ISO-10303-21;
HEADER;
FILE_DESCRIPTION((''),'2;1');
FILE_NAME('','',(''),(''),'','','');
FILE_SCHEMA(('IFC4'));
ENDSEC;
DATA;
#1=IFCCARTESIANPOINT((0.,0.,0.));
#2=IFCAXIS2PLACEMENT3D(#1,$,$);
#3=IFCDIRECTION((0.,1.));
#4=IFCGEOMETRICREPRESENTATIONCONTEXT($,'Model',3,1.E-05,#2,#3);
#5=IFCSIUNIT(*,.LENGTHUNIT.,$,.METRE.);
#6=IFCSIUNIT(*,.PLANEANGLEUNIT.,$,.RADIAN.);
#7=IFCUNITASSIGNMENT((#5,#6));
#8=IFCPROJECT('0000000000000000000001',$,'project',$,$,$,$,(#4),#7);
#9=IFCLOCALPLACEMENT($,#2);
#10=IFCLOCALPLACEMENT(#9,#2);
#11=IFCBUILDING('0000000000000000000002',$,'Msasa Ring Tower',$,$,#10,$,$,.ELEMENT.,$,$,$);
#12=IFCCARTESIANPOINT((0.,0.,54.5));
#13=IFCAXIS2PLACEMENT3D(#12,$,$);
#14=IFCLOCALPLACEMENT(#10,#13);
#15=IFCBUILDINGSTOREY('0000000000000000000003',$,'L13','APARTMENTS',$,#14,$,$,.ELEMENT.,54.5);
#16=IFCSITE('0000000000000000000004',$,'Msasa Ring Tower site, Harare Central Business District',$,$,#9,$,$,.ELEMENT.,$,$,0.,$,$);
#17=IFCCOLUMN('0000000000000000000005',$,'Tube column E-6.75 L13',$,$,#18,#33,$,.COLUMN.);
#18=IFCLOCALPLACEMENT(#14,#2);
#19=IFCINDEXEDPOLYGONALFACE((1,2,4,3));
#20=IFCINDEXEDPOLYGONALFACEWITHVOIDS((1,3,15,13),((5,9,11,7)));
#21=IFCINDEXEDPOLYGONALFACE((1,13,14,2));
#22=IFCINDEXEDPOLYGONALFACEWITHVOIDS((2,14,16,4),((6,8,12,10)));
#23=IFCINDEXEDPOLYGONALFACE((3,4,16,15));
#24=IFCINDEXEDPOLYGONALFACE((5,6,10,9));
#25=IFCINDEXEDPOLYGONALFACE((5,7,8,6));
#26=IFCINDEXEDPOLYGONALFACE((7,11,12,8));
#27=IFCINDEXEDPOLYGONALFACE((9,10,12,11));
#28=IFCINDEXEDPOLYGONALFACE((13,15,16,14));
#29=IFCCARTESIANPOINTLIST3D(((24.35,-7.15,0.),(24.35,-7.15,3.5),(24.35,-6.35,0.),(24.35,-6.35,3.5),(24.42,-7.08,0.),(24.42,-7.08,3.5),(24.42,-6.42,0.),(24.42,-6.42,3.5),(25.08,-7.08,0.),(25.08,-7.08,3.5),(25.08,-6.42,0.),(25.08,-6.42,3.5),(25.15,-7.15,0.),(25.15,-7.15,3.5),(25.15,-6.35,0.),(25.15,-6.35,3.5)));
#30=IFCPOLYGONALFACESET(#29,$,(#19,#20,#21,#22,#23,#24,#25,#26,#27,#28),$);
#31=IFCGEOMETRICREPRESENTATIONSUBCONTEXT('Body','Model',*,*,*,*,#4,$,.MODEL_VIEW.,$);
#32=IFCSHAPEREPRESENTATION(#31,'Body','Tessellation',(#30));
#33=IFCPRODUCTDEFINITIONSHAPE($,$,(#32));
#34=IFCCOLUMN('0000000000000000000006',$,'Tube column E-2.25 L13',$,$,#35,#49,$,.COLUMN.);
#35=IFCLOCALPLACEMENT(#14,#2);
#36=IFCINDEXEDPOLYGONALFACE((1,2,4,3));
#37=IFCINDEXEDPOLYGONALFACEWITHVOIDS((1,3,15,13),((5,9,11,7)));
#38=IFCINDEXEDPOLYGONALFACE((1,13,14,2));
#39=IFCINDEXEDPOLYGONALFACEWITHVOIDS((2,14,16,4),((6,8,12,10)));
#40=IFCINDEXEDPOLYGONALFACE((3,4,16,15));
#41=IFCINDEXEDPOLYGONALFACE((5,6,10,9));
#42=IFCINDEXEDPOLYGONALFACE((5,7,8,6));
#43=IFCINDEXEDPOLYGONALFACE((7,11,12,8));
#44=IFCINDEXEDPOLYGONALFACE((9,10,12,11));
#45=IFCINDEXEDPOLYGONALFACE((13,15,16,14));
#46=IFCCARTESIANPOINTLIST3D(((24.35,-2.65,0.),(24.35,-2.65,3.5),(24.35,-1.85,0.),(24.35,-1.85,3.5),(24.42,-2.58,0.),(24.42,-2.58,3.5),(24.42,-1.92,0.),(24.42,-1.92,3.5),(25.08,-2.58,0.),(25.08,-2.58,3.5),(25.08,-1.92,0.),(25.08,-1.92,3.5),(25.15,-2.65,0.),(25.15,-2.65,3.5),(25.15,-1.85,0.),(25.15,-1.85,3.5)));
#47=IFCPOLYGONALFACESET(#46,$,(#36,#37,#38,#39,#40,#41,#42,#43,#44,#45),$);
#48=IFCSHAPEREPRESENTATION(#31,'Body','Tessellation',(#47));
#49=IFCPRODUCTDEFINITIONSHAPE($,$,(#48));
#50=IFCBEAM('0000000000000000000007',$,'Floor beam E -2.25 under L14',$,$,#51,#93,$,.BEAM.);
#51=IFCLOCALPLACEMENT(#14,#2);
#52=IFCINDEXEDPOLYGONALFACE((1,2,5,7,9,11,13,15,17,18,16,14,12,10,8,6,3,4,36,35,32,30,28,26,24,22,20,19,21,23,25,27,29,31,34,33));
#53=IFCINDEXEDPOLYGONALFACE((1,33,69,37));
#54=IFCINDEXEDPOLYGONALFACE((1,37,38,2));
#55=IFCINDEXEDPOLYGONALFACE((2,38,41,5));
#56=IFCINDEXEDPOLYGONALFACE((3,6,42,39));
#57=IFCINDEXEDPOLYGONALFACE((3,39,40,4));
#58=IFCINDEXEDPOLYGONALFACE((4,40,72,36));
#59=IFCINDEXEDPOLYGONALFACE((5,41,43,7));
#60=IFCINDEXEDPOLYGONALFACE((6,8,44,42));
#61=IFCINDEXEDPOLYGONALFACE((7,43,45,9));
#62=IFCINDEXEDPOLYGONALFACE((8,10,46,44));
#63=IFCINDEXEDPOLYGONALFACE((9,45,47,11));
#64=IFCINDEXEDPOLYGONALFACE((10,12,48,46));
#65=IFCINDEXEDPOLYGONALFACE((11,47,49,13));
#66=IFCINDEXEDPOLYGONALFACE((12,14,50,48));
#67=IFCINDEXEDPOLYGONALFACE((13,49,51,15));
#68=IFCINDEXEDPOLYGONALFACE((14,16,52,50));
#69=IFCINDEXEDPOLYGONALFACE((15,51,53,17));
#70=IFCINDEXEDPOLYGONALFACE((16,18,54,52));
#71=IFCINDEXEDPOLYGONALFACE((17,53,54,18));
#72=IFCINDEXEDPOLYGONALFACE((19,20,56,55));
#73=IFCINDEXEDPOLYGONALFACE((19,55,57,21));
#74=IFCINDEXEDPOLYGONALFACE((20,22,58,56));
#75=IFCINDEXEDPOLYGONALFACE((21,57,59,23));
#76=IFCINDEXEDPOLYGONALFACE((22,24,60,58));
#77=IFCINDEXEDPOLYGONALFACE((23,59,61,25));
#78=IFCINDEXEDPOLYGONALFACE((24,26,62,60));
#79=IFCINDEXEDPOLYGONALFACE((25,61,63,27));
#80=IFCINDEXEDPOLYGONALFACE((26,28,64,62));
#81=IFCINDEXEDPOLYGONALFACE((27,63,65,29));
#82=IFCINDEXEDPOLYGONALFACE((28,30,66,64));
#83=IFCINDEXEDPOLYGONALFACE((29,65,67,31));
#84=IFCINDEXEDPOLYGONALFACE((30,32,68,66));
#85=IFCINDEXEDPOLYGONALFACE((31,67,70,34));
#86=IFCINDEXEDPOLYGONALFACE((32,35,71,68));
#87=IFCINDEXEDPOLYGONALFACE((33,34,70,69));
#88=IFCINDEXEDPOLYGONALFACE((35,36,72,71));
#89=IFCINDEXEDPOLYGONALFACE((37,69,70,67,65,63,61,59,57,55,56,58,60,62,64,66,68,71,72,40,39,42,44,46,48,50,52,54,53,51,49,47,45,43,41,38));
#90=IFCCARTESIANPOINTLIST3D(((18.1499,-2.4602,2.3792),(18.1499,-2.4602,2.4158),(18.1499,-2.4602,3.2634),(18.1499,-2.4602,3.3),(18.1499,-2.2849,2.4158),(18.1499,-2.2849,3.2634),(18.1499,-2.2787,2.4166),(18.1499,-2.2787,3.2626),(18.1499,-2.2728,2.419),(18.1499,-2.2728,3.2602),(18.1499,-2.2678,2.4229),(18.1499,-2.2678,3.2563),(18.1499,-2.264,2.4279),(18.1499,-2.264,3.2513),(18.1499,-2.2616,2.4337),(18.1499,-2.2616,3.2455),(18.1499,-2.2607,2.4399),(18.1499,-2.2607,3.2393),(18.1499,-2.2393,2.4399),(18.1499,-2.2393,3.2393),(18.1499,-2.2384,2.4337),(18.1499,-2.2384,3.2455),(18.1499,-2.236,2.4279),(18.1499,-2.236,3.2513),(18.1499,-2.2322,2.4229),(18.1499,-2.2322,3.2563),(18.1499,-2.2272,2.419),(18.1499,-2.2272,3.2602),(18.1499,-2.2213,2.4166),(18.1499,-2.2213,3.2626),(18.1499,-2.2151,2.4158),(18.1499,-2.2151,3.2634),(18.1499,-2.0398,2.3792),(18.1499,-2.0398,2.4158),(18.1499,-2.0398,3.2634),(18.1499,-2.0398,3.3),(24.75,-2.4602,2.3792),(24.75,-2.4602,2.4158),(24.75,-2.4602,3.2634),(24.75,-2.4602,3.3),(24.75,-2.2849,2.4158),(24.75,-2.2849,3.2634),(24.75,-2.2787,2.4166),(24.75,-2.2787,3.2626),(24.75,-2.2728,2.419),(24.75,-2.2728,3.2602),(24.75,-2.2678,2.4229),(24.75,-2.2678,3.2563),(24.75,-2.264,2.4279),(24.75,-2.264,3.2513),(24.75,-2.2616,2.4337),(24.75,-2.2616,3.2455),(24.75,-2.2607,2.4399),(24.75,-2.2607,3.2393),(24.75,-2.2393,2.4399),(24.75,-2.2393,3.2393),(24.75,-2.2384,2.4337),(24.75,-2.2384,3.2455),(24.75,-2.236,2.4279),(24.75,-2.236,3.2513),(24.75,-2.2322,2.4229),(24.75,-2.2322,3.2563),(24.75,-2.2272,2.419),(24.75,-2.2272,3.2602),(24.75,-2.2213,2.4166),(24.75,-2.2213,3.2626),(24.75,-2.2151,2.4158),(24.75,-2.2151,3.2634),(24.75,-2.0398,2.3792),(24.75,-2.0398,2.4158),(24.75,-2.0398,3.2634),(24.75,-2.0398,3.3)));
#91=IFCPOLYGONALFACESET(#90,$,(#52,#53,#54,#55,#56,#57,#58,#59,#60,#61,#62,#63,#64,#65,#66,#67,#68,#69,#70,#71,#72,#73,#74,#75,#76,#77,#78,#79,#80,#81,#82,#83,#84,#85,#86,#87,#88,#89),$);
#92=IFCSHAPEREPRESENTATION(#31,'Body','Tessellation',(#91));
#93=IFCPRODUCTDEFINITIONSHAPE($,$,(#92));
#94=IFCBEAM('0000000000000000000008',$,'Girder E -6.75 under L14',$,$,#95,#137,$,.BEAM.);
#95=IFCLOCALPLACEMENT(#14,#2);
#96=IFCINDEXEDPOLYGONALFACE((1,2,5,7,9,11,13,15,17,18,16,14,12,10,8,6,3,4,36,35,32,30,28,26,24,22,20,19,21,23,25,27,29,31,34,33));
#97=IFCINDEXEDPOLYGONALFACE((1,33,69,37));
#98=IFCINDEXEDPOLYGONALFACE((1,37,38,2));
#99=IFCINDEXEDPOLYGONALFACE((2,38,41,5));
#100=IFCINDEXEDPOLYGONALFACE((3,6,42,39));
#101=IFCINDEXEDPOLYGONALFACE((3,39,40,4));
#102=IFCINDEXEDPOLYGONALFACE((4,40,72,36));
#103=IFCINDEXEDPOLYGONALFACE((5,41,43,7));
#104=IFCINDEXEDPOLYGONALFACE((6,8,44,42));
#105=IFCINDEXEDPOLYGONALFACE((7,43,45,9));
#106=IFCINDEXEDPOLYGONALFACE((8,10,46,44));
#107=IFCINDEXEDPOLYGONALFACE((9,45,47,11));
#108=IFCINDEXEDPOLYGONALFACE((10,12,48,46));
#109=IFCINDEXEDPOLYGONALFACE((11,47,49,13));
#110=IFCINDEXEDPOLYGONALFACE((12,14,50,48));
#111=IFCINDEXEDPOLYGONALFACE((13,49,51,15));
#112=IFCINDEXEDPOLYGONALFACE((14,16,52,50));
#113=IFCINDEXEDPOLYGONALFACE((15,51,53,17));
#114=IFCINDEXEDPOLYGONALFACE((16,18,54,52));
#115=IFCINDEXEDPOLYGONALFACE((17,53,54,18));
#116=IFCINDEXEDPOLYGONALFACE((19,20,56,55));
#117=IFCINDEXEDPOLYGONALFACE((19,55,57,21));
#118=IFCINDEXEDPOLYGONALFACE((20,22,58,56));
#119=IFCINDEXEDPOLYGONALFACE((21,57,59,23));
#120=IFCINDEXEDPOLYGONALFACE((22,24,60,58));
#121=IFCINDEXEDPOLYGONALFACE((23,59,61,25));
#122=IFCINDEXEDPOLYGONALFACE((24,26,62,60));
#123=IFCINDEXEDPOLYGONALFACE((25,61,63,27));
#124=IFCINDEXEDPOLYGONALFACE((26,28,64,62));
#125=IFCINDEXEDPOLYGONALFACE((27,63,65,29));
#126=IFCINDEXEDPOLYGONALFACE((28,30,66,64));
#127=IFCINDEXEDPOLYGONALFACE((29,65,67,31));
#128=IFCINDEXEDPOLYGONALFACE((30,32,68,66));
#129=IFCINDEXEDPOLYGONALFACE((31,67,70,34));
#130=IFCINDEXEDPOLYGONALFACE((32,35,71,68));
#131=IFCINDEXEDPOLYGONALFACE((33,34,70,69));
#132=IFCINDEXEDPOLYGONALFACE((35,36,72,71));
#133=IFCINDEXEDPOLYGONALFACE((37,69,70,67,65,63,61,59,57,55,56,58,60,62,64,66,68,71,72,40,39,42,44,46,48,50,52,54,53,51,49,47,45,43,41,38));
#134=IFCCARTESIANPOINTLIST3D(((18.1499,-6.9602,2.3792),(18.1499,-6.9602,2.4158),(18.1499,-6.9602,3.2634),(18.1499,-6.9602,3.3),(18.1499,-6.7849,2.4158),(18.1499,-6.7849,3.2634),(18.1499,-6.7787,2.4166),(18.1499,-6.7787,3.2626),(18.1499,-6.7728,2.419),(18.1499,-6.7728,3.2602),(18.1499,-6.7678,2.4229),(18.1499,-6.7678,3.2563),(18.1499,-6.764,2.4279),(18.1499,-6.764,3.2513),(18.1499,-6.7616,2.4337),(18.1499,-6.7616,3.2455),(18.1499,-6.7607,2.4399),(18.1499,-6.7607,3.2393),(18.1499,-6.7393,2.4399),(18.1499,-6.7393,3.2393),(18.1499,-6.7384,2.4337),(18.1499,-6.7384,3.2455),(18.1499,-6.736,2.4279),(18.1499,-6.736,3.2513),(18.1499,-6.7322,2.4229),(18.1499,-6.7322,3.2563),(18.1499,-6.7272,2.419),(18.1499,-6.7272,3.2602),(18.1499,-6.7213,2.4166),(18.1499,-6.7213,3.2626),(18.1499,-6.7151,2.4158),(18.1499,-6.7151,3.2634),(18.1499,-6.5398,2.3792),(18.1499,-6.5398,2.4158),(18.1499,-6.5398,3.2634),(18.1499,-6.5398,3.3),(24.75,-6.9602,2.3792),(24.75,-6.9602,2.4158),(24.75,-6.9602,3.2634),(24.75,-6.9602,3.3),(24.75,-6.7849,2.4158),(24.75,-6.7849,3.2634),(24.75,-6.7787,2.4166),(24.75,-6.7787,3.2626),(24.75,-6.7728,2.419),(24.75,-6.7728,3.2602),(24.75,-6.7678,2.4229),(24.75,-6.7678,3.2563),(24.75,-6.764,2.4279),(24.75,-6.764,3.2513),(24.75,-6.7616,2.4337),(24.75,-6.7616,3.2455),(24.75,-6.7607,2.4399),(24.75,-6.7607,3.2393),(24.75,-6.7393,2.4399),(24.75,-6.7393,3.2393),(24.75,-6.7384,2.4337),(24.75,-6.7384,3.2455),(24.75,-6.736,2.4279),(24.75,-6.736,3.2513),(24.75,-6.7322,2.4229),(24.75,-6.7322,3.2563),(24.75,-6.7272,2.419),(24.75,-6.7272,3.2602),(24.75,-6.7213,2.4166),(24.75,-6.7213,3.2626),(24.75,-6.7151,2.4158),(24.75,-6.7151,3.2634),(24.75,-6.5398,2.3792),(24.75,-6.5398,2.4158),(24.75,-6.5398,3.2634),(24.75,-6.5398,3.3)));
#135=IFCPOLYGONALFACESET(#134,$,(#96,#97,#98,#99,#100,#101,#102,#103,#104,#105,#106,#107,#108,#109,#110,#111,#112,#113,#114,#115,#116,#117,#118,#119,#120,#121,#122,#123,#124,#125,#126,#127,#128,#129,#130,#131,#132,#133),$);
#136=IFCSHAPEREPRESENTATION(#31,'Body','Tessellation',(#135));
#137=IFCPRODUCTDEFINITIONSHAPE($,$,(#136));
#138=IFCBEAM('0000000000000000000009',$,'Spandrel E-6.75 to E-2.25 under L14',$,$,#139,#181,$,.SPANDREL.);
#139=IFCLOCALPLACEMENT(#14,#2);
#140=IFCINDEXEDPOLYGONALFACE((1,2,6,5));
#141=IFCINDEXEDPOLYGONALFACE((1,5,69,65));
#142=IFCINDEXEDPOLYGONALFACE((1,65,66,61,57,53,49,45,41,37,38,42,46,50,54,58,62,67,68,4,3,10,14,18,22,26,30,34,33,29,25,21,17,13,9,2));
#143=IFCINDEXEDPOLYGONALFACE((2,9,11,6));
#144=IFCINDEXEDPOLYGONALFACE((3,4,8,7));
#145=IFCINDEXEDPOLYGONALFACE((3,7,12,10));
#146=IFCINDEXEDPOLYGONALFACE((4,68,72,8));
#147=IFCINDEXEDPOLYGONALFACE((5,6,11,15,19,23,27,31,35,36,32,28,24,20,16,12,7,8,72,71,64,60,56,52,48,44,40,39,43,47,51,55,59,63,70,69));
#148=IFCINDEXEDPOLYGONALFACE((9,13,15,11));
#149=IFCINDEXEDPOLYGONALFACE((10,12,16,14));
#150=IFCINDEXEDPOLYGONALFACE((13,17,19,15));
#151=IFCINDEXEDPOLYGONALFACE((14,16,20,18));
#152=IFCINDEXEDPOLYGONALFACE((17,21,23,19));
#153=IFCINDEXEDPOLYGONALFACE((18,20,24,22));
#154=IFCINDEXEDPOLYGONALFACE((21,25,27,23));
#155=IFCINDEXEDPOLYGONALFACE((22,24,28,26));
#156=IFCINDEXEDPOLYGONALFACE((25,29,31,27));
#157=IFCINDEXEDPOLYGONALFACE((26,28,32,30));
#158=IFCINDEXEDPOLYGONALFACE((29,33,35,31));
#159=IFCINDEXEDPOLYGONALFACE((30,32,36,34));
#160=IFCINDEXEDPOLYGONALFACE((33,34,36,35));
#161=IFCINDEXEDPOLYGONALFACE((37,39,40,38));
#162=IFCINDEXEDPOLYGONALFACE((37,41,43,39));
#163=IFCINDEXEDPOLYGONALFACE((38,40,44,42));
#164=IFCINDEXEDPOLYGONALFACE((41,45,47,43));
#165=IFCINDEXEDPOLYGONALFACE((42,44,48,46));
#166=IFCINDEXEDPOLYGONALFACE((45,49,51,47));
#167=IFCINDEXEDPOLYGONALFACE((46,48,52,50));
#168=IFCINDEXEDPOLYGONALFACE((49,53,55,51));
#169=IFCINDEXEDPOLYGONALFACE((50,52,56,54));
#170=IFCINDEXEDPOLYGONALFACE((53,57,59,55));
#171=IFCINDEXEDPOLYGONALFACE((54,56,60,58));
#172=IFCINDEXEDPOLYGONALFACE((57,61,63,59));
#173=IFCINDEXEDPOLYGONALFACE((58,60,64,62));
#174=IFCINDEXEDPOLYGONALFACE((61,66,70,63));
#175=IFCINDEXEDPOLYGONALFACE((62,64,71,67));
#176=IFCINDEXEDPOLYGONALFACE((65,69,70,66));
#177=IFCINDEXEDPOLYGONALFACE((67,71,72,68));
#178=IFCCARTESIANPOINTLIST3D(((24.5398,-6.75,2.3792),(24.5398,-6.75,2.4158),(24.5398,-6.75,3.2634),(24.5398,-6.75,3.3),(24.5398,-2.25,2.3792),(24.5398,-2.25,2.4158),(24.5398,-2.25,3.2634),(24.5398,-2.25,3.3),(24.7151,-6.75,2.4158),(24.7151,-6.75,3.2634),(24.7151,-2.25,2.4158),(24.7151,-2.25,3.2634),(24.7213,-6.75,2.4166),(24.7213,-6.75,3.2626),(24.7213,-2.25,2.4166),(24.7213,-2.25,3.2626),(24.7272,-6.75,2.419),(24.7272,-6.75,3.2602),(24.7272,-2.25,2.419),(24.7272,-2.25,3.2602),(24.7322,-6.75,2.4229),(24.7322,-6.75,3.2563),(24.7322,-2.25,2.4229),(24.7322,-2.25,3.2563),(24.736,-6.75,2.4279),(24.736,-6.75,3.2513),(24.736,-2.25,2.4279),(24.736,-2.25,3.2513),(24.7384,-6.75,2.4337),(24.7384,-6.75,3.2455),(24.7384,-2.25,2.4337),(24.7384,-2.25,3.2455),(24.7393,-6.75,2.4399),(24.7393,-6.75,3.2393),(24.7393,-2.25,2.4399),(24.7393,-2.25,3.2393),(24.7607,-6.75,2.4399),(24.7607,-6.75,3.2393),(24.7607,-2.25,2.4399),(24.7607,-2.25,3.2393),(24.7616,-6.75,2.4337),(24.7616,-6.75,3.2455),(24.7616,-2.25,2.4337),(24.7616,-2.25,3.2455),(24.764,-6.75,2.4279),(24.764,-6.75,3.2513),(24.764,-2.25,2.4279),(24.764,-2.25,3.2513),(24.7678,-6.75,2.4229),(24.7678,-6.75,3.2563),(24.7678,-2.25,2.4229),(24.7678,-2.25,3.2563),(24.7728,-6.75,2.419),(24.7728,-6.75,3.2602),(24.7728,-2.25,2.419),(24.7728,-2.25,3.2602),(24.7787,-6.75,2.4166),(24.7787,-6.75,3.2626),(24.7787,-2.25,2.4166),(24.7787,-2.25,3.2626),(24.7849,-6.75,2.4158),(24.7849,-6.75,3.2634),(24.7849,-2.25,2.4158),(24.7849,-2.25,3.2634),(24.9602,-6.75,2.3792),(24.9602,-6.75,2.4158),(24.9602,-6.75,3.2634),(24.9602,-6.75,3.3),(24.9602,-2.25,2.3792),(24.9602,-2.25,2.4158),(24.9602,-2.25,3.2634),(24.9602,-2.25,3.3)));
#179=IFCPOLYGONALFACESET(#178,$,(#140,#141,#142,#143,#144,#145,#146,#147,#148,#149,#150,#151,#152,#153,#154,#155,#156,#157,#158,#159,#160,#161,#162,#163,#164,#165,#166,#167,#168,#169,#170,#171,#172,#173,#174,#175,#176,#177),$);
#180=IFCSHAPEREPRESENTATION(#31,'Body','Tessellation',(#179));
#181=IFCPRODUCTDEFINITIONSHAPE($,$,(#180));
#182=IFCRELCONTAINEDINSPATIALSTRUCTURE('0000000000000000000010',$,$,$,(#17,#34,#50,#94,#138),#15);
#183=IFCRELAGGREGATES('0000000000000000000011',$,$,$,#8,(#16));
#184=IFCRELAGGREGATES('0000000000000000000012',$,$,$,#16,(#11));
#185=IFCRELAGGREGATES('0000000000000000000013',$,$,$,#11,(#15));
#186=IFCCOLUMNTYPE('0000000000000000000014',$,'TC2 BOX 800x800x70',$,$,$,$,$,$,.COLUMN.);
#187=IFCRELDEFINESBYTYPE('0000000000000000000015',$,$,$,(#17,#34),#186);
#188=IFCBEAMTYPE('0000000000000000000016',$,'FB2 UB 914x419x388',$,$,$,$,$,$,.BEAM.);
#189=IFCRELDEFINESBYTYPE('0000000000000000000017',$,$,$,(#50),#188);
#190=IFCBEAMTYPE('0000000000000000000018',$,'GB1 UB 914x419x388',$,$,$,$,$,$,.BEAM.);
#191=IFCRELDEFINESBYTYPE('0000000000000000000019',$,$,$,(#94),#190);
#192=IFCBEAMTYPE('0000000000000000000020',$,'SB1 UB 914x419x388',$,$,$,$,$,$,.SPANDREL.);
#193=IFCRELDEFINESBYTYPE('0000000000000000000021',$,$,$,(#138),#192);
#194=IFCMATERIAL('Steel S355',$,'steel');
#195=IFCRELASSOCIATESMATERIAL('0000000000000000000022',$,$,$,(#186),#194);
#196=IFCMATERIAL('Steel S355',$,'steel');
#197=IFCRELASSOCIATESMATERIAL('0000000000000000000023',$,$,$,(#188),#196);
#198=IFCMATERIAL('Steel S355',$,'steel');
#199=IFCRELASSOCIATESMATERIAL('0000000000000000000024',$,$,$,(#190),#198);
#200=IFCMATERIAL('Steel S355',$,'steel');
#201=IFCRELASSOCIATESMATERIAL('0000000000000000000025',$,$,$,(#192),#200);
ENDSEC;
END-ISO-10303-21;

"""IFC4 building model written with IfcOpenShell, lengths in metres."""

from ifc_helpers import new_model, si_unit, direction, frame, origin, origin_2d, place, context, subcontext, project, spatial, hollow_rectangle, i_section, extrude, material, material_profile, profile_set, type_object, element, save


model = new_model("IFC4")

# Units and contexts
model_context = context("Model", 3, precision=1e-05, world=origin(), true_north=direction((0.0, 1.0)))
body_context = subcontext(model_context, "Body", "Model", "MODEL_VIEW")
ifc_project = project(units=[si_unit("LENGTHUNIT", "METRE"), si_unit("PLANEANGLEUNIT", "RADIAN")], contexts=[model_context])

# Site, building, storey
site_placement = place(None, origin())
site = spatial("IfcSite", under=ifc_project, at=site_placement, Name="Msasa Ring Tower site, Harare Central Business District", CompositionType="ELEMENT", RefElevation=0.0)
building_placement = place(site_placement, origin())
building = spatial("IfcBuilding", under=site, at=building_placement, Name="Msasa Ring Tower", CompositionType="ELEMENT")
storey_placement = place(building_placement, frame((0.0, 0.0, 54.5)))
storey = spatial("IfcBuildingStorey", under=building, at=storey_placement, Name="L13", Description="APARTMENTS", CompositionType="ELEMENT", Elevation=54.5)

# Columns
ifc_material_1 = material(Name="Steel S355", Category="steel")
ifc_material_profile_1 = material_profile(ifc_material_1, hollow_rectangle(XDim=0.8, YDim=0.8, WallThickness=0.0701, at=origin_2d()), Name="BOX 800x800x70")
ifc_profile_set_1 = profile_set([ifc_material_profile_1], Name="Steel S355")
column_type = type_object("IfcColumnType", Name="TC2 BOX 800x800x70", PredefinedType="COLUMN", material=ifc_profile_set_1)
for number, where, z_axis, x_axis, name in (
    (1, (24.75, -6.75, 0.0), (0.0, 0.0, 1.0), (1.0, 0.0, 0.0), "Tube column E-6.75 L13"),
    (2, (24.75, -2.25, 0.0), (0.0, 0.0, 1.0), (1.0, 0.0, 0.0), "Tube column E-2.25 L13"),
):
    element("IfcColumn", number, at=place(storey_placement, frame(where, z_axis=z_axis, x_axis=x_axis)), inside=storey, type_object=column_type, Name=name, PredefinedType="COLUMN", context=body_context, shape_type="SweptSolid", body=[
        extrude(hollow_rectangle(XDim=0.8, YDim=0.8, WallThickness=0.0701, at=origin_2d()), origin(), (0.0, 0.0, 1.0), 3.5),
    ])

# Beams
ifc_material_2 = material(Name="Steel S355", Category="steel")
ifc_material_profile_2 = material_profile(ifc_material_2, i_section(OverallWidth=0.4204, OverallDepth=0.9209, WebThickness=0.0215, FlangeThickness=0.0366, FilletRadius=0.0242, at=origin_2d()), Name="UB 914x419x388")
ifc_profile_set_2 = profile_set([ifc_material_profile_2], Name="Steel S355")
beam_type_1 = type_object("IfcBeamType", Name="FB2 UB 914x419x388", PredefinedType="BEAM", material=ifc_profile_set_2)
beam_1_placement = place(storey_placement, frame((24.75, -2.25, 2.8396), z_axis=(-1.0, 0.0, 0.0), x_axis=(0.0, -1.0, 0.0)))
element("IfcBeam", 3, at=beam_1_placement, inside=storey, type_object=beam_type_1, Name="Floor beam E -2.25 under L14", PredefinedType="BEAM", context=body_context, shape_type="SweptSolid", body=[
    extrude(i_section(OverallWidth=0.4204, OverallDepth=0.9209, WebThickness=0.0215, FlangeThickness=0.0366, FilletRadius=0.0242, at=origin_2d()), origin(), (0.0, 0.0, 1.0), 6.6001),
])
ifc_material_3 = material(Name="Steel S355", Category="steel")
ifc_material_profile_3 = material_profile(ifc_material_3, i_section(OverallWidth=0.4204, OverallDepth=0.9209, WebThickness=0.0215, FlangeThickness=0.0366, FilletRadius=0.0242, at=origin_2d()), Name="UB 914x419x388")
ifc_profile_set_3 = profile_set([ifc_material_profile_3], Name="Steel S355")
beam_type_2 = type_object("IfcBeamType", Name="GB1 UB 914x419x388", PredefinedType="BEAM", material=ifc_profile_set_3)
beam_2_placement = place(storey_placement, frame((18.1499, -6.75, 2.8396), z_axis=(1.0, 0.0, 0.0), x_axis=(0.0, 1.0, 0.0)))
element("IfcBeam", 4, at=beam_2_placement, inside=storey, type_object=beam_type_2, Name="Girder E -6.75 under L14", PredefinedType="BEAM", context=body_context, shape_type="SweptSolid", body=[
    extrude(i_section(OverallWidth=0.4204, OverallDepth=0.9209, WebThickness=0.0215, FlangeThickness=0.0366, FilletRadius=0.0242, at=origin_2d()), origin(), (0.0, 0.0, 1.0), 6.6001),
])
ifc_material_4 = material(Name="Steel S355", Category="steel")
ifc_material_profile_4 = material_profile(ifc_material_4, i_section(OverallWidth=0.4204, OverallDepth=0.9209, WebThickness=0.0215, FlangeThickness=0.0366, FilletRadius=0.0242, at=origin_2d()), Name="UB 914x419x388")
ifc_profile_set_4 = profile_set([ifc_material_profile_4], Name="Steel S355")
beam_type_3 = type_object("IfcBeamType", Name="SB1 UB 914x419x388", PredefinedType="SPANDREL", material=ifc_profile_set_4)
for number, where, z_axis, x_axis, name in (
    (5, (24.75, -6.75, 2.8396), (0.0, 1.0, 0.0), (-1.0, 0.0, 0.0), "Spandrel E-6.75 to E-2.25 under L14"),
):
    element("IfcBeam", number, at=place(storey_placement, frame(where, z_axis=z_axis, x_axis=x_axis)), inside=storey, type_object=beam_type_3, Name=name, PredefinedType="SPANDREL", context=body_context, shape_type="SweptSolid", body=[
        extrude(i_section(OverallWidth=0.4204, OverallDepth=0.9209, WebThickness=0.0215, FlangeThickness=0.0366, FilletRadius=0.0242, at=origin_2d()), origin(), (0.0, 0.0, 1.0), 4.5),
    ])

save(model, "model.ifc")
